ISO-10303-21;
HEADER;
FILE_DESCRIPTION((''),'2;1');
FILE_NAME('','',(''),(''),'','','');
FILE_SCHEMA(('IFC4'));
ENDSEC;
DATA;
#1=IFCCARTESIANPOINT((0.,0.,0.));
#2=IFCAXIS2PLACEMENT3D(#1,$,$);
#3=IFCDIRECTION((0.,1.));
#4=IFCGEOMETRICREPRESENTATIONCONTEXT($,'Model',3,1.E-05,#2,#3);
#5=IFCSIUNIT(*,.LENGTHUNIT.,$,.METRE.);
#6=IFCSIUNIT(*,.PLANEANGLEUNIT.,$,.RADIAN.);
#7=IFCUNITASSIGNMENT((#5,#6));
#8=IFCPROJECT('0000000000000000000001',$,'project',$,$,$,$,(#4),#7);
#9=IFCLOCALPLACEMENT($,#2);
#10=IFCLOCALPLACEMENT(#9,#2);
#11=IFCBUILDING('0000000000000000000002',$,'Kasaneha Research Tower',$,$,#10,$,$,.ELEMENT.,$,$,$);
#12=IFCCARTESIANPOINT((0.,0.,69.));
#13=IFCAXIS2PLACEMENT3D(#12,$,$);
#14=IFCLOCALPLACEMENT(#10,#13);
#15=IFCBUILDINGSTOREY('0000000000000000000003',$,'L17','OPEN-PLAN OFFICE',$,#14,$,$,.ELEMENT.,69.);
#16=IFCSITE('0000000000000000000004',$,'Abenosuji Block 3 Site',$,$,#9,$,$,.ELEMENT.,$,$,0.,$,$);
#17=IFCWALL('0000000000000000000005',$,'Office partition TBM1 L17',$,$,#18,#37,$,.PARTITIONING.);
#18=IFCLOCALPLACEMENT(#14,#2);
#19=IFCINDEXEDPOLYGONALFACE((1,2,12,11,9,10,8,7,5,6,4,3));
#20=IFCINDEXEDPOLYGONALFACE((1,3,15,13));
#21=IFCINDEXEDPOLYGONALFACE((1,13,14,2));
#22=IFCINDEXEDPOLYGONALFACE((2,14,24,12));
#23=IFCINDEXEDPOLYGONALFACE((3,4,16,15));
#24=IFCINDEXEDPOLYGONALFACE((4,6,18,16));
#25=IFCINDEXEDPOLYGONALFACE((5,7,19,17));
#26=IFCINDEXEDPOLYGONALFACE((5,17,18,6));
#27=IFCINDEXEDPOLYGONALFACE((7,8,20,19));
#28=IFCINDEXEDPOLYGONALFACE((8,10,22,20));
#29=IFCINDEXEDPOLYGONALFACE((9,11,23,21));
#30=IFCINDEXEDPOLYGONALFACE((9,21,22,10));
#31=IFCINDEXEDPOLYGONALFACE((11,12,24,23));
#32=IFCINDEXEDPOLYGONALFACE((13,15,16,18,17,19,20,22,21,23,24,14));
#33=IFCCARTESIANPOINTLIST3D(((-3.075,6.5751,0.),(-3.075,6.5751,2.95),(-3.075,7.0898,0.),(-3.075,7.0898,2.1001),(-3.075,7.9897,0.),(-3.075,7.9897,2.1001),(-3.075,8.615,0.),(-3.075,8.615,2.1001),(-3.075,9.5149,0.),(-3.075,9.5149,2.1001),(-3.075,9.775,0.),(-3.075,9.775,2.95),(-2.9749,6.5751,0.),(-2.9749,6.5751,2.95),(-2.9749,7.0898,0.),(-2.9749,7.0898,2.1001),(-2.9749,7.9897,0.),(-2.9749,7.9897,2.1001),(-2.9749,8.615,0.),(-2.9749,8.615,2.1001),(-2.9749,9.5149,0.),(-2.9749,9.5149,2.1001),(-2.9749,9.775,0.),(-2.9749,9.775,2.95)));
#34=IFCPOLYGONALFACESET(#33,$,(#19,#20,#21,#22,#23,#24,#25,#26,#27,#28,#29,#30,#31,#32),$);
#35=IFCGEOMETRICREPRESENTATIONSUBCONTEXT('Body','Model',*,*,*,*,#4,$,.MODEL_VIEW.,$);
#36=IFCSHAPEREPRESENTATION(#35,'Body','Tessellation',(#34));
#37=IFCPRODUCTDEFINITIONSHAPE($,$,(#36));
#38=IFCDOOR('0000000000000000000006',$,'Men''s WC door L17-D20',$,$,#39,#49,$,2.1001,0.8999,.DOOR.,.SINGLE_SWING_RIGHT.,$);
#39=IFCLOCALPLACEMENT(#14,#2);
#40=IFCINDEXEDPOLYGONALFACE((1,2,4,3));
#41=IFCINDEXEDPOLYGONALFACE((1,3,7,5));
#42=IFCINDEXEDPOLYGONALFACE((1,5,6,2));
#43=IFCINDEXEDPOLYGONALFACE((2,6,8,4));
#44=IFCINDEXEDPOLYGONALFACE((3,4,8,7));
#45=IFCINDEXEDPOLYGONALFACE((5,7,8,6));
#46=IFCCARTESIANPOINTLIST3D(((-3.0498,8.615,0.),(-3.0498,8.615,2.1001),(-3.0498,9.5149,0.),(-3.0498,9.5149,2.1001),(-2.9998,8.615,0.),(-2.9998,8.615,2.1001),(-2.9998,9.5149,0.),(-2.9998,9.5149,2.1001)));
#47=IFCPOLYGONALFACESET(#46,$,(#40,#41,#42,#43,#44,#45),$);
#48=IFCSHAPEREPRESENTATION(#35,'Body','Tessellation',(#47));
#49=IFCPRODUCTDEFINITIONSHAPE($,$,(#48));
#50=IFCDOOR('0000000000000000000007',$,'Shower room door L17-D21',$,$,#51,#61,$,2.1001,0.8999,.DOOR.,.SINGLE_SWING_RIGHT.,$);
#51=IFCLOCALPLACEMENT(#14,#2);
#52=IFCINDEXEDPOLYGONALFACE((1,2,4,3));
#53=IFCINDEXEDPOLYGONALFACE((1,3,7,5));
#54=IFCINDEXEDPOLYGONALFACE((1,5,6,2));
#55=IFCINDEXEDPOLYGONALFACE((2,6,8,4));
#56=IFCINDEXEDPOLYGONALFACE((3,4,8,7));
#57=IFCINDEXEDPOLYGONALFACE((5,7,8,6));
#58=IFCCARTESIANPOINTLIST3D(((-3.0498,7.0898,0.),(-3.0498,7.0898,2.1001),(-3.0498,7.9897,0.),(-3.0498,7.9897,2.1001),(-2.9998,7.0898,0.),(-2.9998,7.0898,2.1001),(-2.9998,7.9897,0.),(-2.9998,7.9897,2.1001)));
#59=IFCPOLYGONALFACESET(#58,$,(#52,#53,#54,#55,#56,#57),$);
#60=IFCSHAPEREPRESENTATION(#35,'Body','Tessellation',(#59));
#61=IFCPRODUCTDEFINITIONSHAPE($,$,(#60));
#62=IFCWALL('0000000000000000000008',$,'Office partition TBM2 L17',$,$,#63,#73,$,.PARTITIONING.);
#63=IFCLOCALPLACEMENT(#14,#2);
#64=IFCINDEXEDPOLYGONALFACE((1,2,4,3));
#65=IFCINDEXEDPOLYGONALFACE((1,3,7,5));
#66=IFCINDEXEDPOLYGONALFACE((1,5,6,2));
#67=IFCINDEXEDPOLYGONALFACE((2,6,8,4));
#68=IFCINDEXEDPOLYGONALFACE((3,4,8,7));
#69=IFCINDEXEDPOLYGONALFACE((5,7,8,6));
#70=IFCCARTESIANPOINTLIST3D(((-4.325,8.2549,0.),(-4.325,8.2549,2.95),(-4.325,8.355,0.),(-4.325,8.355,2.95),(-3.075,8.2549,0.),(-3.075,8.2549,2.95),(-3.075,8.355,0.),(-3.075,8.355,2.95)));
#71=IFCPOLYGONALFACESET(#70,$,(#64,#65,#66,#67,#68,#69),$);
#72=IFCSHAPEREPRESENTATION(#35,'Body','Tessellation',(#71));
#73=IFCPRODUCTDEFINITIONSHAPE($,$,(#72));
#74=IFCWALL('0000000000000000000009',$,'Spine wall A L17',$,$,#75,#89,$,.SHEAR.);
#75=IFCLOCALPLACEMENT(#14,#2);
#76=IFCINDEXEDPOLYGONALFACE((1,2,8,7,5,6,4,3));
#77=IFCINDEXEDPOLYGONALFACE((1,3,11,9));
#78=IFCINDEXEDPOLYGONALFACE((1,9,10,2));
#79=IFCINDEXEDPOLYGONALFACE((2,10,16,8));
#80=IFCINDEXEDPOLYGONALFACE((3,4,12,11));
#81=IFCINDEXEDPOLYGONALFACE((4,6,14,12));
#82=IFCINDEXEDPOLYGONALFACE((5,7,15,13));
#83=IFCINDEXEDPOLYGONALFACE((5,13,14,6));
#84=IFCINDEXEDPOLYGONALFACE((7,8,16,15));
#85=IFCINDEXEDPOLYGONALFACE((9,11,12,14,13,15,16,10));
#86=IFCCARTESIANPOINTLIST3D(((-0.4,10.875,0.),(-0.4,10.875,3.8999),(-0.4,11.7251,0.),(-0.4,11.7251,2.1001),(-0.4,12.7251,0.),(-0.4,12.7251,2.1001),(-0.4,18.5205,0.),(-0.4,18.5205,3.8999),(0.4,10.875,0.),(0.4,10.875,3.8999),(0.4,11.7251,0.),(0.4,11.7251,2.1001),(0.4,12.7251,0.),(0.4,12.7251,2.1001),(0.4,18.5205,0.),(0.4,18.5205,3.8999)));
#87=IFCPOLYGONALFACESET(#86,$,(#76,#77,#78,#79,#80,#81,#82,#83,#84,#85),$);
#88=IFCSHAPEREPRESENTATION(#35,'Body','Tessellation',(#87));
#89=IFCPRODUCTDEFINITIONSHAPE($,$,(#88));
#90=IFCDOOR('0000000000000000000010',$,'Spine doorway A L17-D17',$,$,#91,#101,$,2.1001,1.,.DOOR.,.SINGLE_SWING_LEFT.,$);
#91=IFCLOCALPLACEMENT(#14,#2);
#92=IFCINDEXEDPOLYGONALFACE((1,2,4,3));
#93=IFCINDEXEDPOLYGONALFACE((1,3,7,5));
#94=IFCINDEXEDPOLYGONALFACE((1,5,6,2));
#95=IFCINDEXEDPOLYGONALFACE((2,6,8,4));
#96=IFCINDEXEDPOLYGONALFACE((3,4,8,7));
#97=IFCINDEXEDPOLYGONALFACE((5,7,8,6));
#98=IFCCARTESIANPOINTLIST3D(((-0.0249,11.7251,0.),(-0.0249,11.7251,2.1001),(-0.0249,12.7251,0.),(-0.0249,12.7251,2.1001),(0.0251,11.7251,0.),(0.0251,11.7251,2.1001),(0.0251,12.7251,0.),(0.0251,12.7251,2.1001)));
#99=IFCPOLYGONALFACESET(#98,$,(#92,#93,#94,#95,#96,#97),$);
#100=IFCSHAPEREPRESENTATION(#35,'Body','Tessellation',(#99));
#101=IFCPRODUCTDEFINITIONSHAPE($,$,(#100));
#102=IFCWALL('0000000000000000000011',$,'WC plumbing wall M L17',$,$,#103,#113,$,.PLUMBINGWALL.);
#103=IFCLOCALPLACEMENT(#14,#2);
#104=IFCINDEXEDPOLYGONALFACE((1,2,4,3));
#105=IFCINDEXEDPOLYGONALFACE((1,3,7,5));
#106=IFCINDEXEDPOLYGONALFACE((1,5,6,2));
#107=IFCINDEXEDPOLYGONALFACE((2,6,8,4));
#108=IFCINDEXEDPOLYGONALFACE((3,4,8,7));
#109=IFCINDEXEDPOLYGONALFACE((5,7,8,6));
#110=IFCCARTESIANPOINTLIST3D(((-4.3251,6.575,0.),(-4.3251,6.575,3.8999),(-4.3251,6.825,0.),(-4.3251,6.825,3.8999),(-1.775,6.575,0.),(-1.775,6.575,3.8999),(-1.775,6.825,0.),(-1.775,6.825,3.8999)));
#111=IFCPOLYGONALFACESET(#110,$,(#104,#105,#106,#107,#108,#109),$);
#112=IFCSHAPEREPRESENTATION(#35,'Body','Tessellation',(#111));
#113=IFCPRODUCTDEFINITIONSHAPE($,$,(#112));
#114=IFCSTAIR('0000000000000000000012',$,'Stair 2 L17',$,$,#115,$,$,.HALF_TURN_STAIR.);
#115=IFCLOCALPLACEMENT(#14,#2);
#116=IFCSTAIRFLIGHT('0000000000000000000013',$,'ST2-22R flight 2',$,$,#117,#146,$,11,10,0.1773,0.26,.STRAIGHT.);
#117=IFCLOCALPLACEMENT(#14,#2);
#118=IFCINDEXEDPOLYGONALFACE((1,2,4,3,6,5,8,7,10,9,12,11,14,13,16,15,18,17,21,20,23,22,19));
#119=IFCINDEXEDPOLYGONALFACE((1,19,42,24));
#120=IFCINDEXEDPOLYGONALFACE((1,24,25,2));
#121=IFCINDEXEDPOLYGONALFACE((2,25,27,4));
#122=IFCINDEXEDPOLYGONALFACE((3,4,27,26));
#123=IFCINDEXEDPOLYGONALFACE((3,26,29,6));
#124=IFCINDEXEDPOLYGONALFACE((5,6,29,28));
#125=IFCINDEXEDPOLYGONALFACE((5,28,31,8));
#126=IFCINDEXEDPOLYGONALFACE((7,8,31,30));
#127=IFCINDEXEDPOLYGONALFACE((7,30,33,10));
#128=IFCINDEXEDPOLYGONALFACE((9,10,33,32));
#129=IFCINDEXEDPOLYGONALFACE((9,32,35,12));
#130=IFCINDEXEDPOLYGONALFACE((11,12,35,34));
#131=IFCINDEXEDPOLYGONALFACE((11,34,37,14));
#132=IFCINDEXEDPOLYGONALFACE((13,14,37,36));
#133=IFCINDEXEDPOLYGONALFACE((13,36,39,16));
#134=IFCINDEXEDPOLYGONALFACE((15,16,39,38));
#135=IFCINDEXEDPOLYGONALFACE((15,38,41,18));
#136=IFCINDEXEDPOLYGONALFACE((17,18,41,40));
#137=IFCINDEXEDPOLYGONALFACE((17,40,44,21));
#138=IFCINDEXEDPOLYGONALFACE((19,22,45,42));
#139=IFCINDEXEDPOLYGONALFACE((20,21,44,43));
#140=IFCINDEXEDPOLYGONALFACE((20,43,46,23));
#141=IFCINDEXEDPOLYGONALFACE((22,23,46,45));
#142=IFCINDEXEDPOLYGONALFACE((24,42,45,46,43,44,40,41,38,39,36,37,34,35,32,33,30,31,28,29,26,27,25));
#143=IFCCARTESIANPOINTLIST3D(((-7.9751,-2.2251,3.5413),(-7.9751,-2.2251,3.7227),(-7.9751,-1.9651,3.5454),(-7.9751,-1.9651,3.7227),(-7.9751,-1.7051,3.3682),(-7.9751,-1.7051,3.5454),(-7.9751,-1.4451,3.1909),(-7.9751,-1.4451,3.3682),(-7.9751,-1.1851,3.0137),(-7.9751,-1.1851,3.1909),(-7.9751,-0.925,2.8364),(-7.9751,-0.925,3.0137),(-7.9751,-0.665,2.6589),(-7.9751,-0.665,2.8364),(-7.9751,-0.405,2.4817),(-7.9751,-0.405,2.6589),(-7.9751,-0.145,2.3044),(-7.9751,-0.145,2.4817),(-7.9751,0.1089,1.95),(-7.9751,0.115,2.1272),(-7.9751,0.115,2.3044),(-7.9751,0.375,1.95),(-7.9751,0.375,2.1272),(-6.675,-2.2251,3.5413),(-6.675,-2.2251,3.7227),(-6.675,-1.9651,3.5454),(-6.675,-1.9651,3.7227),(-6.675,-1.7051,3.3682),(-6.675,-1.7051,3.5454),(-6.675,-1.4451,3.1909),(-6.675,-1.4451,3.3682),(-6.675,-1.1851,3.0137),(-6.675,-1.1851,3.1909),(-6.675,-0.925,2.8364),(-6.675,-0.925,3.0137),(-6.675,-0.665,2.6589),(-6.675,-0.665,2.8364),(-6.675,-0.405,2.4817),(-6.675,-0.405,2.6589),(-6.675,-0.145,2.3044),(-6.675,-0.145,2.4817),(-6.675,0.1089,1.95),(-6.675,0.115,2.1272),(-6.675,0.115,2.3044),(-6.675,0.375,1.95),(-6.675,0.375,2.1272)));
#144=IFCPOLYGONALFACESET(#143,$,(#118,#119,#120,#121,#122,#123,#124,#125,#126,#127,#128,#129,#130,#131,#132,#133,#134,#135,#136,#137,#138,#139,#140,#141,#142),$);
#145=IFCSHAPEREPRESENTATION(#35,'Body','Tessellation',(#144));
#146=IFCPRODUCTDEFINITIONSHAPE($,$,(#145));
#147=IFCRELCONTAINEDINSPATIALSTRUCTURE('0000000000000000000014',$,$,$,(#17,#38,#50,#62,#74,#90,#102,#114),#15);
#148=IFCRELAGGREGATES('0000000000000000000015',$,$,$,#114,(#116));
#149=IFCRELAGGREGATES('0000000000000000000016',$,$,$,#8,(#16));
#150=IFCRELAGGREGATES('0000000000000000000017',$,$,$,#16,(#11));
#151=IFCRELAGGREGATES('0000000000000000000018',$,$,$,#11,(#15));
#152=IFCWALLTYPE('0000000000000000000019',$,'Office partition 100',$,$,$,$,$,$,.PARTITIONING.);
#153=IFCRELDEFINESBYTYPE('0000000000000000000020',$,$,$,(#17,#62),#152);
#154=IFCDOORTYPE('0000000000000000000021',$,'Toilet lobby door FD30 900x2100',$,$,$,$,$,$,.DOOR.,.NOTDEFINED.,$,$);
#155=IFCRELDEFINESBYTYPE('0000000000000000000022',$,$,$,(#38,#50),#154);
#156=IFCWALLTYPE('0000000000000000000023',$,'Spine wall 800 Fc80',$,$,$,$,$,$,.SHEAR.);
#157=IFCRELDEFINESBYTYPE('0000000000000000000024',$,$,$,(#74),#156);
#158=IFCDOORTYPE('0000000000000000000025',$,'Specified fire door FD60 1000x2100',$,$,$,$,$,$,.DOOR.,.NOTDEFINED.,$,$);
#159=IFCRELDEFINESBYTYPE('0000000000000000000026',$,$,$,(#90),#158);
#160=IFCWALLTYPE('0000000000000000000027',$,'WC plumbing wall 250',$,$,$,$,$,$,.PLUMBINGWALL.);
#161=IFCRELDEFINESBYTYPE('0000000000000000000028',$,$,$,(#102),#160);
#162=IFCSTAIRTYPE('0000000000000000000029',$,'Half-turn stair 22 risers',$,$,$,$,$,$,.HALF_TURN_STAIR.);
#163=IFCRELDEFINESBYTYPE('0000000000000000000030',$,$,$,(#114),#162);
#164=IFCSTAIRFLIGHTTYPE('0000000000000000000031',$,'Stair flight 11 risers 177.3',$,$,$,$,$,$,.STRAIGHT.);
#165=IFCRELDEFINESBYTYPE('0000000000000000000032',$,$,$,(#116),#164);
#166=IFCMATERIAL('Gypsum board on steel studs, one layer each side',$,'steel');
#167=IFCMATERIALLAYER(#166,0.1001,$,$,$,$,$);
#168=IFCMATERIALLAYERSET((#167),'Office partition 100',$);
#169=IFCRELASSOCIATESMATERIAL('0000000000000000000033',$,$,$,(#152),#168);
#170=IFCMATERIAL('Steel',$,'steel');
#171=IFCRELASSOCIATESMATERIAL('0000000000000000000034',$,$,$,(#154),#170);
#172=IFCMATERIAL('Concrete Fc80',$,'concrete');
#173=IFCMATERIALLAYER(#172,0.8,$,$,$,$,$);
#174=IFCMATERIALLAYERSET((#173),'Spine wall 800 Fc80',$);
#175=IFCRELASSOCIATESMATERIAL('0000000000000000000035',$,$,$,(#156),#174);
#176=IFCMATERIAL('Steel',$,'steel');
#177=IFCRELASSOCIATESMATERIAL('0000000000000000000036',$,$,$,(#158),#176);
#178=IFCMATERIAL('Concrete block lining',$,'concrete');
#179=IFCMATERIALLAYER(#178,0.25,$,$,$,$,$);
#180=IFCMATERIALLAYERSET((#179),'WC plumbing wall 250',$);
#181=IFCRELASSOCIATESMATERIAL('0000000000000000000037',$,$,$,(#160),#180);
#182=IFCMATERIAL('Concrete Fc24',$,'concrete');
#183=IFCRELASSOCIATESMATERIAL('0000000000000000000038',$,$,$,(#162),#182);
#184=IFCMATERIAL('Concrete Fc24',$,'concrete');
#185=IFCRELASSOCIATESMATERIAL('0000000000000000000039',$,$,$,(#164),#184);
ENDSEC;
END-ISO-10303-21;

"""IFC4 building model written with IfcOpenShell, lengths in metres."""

from ifc_helpers import new_model, si_unit, direction, frame, frame_2d, origin, place, context, subcontext, project, spatial, polyline, rectangle, outline, extrude, material, layer, layer_set, type_object, element, fill, aggregate, save


model = new_model("IFC4")

# Units and contexts
model_context = context("Model", 3, precision=1e-05, world=origin(), true_north=direction((0.0, 1.0)))
body_context = subcontext(model_context, "Body", "Model", "MODEL_VIEW")
ifc_project = project(units=[si_unit("LENGTHUNIT", "METRE"), si_unit("PLANEANGLEUNIT", "RADIAN")], contexts=[model_context])

# Site, building, storey
site_placement = place(None, origin())
site = spatial("IfcSite", under=ifc_project, at=site_placement, Name="Abenosuji Block 3 Site", CompositionType="ELEMENT", RefElevation=0.0)
building_placement = place(site_placement, origin())
building = spatial("IfcBuilding", under=site, at=building_placement, Name="Kasaneha Research Tower", CompositionType="ELEMENT")
storey_placement = place(building_placement, frame((0.0, 0.0, 69.0)))
storey = spatial("IfcBuildingStorey", under=building, at=storey_placement, Name="L17", Description="OPEN-PLAN OFFICE", CompositionType="ELEMENT", Elevation=69.0)

# Wall, openings, doors
ifc_material_1 = material(Name="Gypsum board on steel studs, one layer each side", Category="steel")
ifc_layer_1 = layer(ifc_material_1, 0.1001)
ifc_layer_set_1 = layer_set([ifc_layer_1], Name="Office partition 100")
wall_type_1 = type_object("IfcWallType", Name="Office partition 100", PredefinedType="PARTITIONING", material=ifc_layer_set_1)
wall_1_placement = place(storey_placement, frame((-3.0249, 6.575, 0.0), z_axis=(0.0, 0.0, 1.0), x_axis=(0.0, 1.0, 0.0)))
wall_1 = element("IfcWall", 1, at=wall_1_placement, inside=storey, type_object=wall_type_1, Name="Office partition TBM1 L17", PredefinedType="PARTITIONING", context=body_context, shape_type="SweptSolid", body=[
    extrude(rectangle(XDim=3.2, YDim=0.1001, at=frame_2d((1.6001, 0.0))), origin(), (0.0, 0.0, 1.0), 2.95),
])
opening_1_placement = place(wall_1_placement, frame((2.04, 0.0, 0.0)))
opening_1 = element("IfcOpeningElement", 2, at=opening_1_placement, cuts=wall_1, PredefinedType="OPENING", context=body_context, shape_type="SweptSolid", body=[
    extrude(rectangle(XDim=0.8999, YDim=2.1001, at=frame_2d((0.45, 1.05))), frame((0.0, 0.0601, 0.0), z_axis=(0.0, -1.0, 0.0), x_axis=(1.0, 0.0, 0.0)), (0.0, 0.0, 1.0), 0.1201),
])
opening_2_placement = place(wall_1_placement, frame((0.5149, 0.0, 0.0)))
opening_2 = element("IfcOpeningElement", 3, at=opening_2_placement, cuts=wall_1, PredefinedType="OPENING", context=body_context, shape_type="SweptSolid", body=[
    extrude(rectangle(XDim=0.8999, YDim=2.1001, at=frame_2d((0.45, 1.05))), frame((0.0, 0.0601, 0.0), z_axis=(0.0, -1.0, 0.0), x_axis=(1.0, 0.0, 0.0)), (0.0, 0.0, 1.0), 0.1201),
])
ifc_material_2 = material(Name="Steel", Category="steel")
door_type_1 = type_object("IfcDoorType", Name="Toilet lobby door FD30 900x2100", OperationType="NOTDEFINED", PredefinedType="DOOR", material=ifc_material_2)
door_1_placement = place(opening_1_placement, origin())
door_1 = element("IfcDoor", 4, at=door_1_placement, inside=storey, type_object=door_type_1, Name="Men's WC door L17-D20", OperationType="SINGLE_SWING_RIGHT", OverallHeight=2.1001, OverallWidth=0.8999, PredefinedType="DOOR", context=body_context, shape_type="SweptSolid", body=[
    extrude(rectangle(XDim=0.8999, YDim=2.1001, at=frame_2d((0.45, 1.05))), frame((0.0, 0.0249, 0.0), z_axis=(0.0, -1.0, 0.0), x_axis=(1.0, 0.0, 0.0)), (0.0, 0.0, 1.0), 0.05),
])
fill(opening_1, door_1)
door_2_placement = place(opening_2_placement, origin())
door_2 = element("IfcDoor", 5, at=door_2_placement, inside=storey, type_object=door_type_1, Name="Shower room door L17-D21", OperationType="SINGLE_SWING_RIGHT", OverallHeight=2.1001, OverallWidth=0.8999, PredefinedType="DOOR", context=body_context, shape_type="SweptSolid", body=[
    extrude(rectangle(XDim=0.8999, YDim=2.1001, at=frame_2d((0.45, 1.05))), frame((0.0, 0.0249, 0.0), z_axis=(0.0, -1.0, 0.0), x_axis=(1.0, 0.0, 0.0)), (0.0, 0.0, 1.0), 0.05),
])
fill(opening_2, door_2)

# Wall
wall_2_placement = place(storey_placement, frame((-3.075, 8.3049, 0.0), z_axis=(0.0, 0.0, 1.0), x_axis=(-1.0, 0.0, 0.0)))
element("IfcWall", 6, at=wall_2_placement, inside=storey, type_object=wall_type_1, Name="Office partition TBM2 L17", PredefinedType="PARTITIONING", context=body_context, shape_type="SweptSolid", body=[
    extrude(rectangle(XDim=1.25, YDim=0.1001, at=frame_2d((0.625, 0.0))), origin(), (0.0, 0.0, 1.0), 2.95),
])

# Wall, opening, door
ifc_material_3 = material(Name="Concrete Fc80", Category="concrete")
ifc_layer_2 = layer(ifc_material_3, 0.8)
ifc_layer_set_2 = layer_set([ifc_layer_2], Name="Spine wall 800 Fc80")
wall_type_2 = type_object("IfcWallType", Name="Spine wall 800 Fc80", PredefinedType="SHEAR", material=ifc_layer_set_2)
wall_3_placement = place(storey_placement, frame((0.0, 10.875, 0.0), z_axis=(0.0, 0.0, 1.0), x_axis=(0.0, 1.0, 0.0)))
wall_3 = element("IfcWall", 7, at=wall_3_placement, inside=storey, type_object=wall_type_2, Name="Spine wall A L17", PredefinedType="SHEAR", context=body_context, shape_type="SweptSolid", body=[
    extrude(rectangle(XDim=7.6455, YDim=0.8, at=frame_2d((3.8228, 0.0))), origin(), (0.0, 0.0, 1.0), 3.8999),
])
opening_3_placement = place(wall_3_placement, frame((0.8501, 0.0, 0.0)))
opening_3 = element("IfcOpeningElement", 8, at=opening_3_placement, cuts=wall_3, PredefinedType="OPENING", context=body_context, shape_type="SweptSolid", body=[
    extrude(rectangle(XDim=1.0, YDim=2.1001, at=frame_2d((0.5, 1.05))), frame((0.0, 0.4102, 0.0), z_axis=(0.0, -1.0, 0.0), x_axis=(1.0, 0.0, 0.0)), (0.0, 0.0, 1.0), 0.8201),
])
ifc_material_4 = material(Name="Steel", Category="steel")
door_type_2 = type_object("IfcDoorType", Name="Specified fire door FD60 1000x2100", OperationType="NOTDEFINED", PredefinedType="DOOR", material=ifc_material_4)
door_3_placement = place(opening_3_placement, origin())
door_3 = element("IfcDoor", 9, at=door_3_placement, inside=storey, type_object=door_type_2, Name="Spine doorway A L17-D17", OperationType="SINGLE_SWING_LEFT", OverallHeight=2.1001, OverallWidth=1.0, PredefinedType="DOOR", context=body_context, shape_type="SweptSolid", body=[
    extrude(rectangle(XDim=1.0, YDim=2.1001, at=frame_2d((0.5, 1.05))), frame((0.0, 0.0249, 0.0), z_axis=(0.0, -1.0, 0.0), x_axis=(1.0, 0.0, 0.0)), (0.0, 0.0, 1.0), 0.05),
])
fill(opening_3, door_3)

# Wall
ifc_material_5 = material(Name="Concrete block lining", Category="concrete")
ifc_layer_3 = layer(ifc_material_5, 0.25)
ifc_layer_set_3 = layer_set([ifc_layer_3], Name="WC plumbing wall 250")
wall_type_3 = type_object("IfcWallType", Name="WC plumbing wall 250", PredefinedType="PLUMBINGWALL", material=ifc_layer_set_3)
wall_4_placement = place(storey_placement, frame((-4.325, 6.7, 0.0), z_axis=(0.0, 0.0, 1.0), x_axis=(1.0, 0.0, 0.0)))
element("IfcWall", 10, at=wall_4_placement, inside=storey, type_object=wall_type_3, Name="WC plumbing wall M L17", PredefinedType="PLUMBINGWALL", context=body_context, shape_type="SweptSolid", body=[
    extrude(rectangle(XDim=2.55, YDim=0.25, at=frame_2d((1.2749, 0.0))), origin(), (0.0, 0.0, 1.0), 3.8999),
])

# Stair, stair flight
ifc_material_6 = material(Name="Concrete Fc24", Category="concrete")
stair_type = type_object("IfcStairType", Name="Half-turn stair 22 risers", PredefinedType="HALF_TURN_STAIR", material=ifc_material_6)
stair_placement = place(storey_placement, origin())
stair = element("IfcStair", 11, at=stair_placement, inside=storey, type_object=stair_type, Name="Stair 2 L17", PredefinedType="HALF_TURN_STAIR")
ifc_material_7 = material(Name="Concrete Fc24", Category="concrete")
stair_flight_type = type_object("IfcStairFlightType", Name="Stair flight 11 risers 177.3", PredefinedType="STRAIGHT", material=ifc_material_7)
stair_flight_placement = place(storey_placement, frame((-7.325, 0.375, 1.95), z_axis=(0.0, 0.0, 1.0), x_axis=(0.0, -1.0, 0.0)))
stair_flight = element("IfcStairFlight", 12, at=stair_flight_placement, type_object=stair_flight_type, Name="ST2-22R flight 2", NumberOfRisers=11, NumberOfTreads=10, PredefinedType="STRAIGHT", RiserHeight=0.1773, TreadLength=0.26, context=body_context, shape_type="SweptSolid", body=[
    extrude(outline(polyline([(0.0, 0.0), (0.0, 0.1772), (0.26, 0.1772), (0.26, 0.3545), (0.52, 0.3545), (0.52, 0.5317), (0.78, 0.5317), (0.78, 0.709), (1.04, 0.709), (1.04, 0.8865), (1.3, 0.8865), (1.3, 1.0637), (1.5601, 1.0637), (1.5601, 1.241), (1.8201, 1.241), (1.8201, 1.4182), (2.0801, 1.4182), (2.0801, 1.5955), (2.3401, 1.5955), (2.3401, 1.7727), (2.6001, 1.7727), (2.6001, 1.95), (2.6001, 1.5913), (0.2661, 0.0), (0.0, 0.0)])), frame((0.0, 0.6499, 0.0), z_axis=(0.0, -1.0, 0.0), x_axis=(1.0, 0.0, 0.0)), (0.0, 0.0, 1.0), 1.3),
])
aggregate(stair, [stair_flight])

save(model, "model.ifc")
